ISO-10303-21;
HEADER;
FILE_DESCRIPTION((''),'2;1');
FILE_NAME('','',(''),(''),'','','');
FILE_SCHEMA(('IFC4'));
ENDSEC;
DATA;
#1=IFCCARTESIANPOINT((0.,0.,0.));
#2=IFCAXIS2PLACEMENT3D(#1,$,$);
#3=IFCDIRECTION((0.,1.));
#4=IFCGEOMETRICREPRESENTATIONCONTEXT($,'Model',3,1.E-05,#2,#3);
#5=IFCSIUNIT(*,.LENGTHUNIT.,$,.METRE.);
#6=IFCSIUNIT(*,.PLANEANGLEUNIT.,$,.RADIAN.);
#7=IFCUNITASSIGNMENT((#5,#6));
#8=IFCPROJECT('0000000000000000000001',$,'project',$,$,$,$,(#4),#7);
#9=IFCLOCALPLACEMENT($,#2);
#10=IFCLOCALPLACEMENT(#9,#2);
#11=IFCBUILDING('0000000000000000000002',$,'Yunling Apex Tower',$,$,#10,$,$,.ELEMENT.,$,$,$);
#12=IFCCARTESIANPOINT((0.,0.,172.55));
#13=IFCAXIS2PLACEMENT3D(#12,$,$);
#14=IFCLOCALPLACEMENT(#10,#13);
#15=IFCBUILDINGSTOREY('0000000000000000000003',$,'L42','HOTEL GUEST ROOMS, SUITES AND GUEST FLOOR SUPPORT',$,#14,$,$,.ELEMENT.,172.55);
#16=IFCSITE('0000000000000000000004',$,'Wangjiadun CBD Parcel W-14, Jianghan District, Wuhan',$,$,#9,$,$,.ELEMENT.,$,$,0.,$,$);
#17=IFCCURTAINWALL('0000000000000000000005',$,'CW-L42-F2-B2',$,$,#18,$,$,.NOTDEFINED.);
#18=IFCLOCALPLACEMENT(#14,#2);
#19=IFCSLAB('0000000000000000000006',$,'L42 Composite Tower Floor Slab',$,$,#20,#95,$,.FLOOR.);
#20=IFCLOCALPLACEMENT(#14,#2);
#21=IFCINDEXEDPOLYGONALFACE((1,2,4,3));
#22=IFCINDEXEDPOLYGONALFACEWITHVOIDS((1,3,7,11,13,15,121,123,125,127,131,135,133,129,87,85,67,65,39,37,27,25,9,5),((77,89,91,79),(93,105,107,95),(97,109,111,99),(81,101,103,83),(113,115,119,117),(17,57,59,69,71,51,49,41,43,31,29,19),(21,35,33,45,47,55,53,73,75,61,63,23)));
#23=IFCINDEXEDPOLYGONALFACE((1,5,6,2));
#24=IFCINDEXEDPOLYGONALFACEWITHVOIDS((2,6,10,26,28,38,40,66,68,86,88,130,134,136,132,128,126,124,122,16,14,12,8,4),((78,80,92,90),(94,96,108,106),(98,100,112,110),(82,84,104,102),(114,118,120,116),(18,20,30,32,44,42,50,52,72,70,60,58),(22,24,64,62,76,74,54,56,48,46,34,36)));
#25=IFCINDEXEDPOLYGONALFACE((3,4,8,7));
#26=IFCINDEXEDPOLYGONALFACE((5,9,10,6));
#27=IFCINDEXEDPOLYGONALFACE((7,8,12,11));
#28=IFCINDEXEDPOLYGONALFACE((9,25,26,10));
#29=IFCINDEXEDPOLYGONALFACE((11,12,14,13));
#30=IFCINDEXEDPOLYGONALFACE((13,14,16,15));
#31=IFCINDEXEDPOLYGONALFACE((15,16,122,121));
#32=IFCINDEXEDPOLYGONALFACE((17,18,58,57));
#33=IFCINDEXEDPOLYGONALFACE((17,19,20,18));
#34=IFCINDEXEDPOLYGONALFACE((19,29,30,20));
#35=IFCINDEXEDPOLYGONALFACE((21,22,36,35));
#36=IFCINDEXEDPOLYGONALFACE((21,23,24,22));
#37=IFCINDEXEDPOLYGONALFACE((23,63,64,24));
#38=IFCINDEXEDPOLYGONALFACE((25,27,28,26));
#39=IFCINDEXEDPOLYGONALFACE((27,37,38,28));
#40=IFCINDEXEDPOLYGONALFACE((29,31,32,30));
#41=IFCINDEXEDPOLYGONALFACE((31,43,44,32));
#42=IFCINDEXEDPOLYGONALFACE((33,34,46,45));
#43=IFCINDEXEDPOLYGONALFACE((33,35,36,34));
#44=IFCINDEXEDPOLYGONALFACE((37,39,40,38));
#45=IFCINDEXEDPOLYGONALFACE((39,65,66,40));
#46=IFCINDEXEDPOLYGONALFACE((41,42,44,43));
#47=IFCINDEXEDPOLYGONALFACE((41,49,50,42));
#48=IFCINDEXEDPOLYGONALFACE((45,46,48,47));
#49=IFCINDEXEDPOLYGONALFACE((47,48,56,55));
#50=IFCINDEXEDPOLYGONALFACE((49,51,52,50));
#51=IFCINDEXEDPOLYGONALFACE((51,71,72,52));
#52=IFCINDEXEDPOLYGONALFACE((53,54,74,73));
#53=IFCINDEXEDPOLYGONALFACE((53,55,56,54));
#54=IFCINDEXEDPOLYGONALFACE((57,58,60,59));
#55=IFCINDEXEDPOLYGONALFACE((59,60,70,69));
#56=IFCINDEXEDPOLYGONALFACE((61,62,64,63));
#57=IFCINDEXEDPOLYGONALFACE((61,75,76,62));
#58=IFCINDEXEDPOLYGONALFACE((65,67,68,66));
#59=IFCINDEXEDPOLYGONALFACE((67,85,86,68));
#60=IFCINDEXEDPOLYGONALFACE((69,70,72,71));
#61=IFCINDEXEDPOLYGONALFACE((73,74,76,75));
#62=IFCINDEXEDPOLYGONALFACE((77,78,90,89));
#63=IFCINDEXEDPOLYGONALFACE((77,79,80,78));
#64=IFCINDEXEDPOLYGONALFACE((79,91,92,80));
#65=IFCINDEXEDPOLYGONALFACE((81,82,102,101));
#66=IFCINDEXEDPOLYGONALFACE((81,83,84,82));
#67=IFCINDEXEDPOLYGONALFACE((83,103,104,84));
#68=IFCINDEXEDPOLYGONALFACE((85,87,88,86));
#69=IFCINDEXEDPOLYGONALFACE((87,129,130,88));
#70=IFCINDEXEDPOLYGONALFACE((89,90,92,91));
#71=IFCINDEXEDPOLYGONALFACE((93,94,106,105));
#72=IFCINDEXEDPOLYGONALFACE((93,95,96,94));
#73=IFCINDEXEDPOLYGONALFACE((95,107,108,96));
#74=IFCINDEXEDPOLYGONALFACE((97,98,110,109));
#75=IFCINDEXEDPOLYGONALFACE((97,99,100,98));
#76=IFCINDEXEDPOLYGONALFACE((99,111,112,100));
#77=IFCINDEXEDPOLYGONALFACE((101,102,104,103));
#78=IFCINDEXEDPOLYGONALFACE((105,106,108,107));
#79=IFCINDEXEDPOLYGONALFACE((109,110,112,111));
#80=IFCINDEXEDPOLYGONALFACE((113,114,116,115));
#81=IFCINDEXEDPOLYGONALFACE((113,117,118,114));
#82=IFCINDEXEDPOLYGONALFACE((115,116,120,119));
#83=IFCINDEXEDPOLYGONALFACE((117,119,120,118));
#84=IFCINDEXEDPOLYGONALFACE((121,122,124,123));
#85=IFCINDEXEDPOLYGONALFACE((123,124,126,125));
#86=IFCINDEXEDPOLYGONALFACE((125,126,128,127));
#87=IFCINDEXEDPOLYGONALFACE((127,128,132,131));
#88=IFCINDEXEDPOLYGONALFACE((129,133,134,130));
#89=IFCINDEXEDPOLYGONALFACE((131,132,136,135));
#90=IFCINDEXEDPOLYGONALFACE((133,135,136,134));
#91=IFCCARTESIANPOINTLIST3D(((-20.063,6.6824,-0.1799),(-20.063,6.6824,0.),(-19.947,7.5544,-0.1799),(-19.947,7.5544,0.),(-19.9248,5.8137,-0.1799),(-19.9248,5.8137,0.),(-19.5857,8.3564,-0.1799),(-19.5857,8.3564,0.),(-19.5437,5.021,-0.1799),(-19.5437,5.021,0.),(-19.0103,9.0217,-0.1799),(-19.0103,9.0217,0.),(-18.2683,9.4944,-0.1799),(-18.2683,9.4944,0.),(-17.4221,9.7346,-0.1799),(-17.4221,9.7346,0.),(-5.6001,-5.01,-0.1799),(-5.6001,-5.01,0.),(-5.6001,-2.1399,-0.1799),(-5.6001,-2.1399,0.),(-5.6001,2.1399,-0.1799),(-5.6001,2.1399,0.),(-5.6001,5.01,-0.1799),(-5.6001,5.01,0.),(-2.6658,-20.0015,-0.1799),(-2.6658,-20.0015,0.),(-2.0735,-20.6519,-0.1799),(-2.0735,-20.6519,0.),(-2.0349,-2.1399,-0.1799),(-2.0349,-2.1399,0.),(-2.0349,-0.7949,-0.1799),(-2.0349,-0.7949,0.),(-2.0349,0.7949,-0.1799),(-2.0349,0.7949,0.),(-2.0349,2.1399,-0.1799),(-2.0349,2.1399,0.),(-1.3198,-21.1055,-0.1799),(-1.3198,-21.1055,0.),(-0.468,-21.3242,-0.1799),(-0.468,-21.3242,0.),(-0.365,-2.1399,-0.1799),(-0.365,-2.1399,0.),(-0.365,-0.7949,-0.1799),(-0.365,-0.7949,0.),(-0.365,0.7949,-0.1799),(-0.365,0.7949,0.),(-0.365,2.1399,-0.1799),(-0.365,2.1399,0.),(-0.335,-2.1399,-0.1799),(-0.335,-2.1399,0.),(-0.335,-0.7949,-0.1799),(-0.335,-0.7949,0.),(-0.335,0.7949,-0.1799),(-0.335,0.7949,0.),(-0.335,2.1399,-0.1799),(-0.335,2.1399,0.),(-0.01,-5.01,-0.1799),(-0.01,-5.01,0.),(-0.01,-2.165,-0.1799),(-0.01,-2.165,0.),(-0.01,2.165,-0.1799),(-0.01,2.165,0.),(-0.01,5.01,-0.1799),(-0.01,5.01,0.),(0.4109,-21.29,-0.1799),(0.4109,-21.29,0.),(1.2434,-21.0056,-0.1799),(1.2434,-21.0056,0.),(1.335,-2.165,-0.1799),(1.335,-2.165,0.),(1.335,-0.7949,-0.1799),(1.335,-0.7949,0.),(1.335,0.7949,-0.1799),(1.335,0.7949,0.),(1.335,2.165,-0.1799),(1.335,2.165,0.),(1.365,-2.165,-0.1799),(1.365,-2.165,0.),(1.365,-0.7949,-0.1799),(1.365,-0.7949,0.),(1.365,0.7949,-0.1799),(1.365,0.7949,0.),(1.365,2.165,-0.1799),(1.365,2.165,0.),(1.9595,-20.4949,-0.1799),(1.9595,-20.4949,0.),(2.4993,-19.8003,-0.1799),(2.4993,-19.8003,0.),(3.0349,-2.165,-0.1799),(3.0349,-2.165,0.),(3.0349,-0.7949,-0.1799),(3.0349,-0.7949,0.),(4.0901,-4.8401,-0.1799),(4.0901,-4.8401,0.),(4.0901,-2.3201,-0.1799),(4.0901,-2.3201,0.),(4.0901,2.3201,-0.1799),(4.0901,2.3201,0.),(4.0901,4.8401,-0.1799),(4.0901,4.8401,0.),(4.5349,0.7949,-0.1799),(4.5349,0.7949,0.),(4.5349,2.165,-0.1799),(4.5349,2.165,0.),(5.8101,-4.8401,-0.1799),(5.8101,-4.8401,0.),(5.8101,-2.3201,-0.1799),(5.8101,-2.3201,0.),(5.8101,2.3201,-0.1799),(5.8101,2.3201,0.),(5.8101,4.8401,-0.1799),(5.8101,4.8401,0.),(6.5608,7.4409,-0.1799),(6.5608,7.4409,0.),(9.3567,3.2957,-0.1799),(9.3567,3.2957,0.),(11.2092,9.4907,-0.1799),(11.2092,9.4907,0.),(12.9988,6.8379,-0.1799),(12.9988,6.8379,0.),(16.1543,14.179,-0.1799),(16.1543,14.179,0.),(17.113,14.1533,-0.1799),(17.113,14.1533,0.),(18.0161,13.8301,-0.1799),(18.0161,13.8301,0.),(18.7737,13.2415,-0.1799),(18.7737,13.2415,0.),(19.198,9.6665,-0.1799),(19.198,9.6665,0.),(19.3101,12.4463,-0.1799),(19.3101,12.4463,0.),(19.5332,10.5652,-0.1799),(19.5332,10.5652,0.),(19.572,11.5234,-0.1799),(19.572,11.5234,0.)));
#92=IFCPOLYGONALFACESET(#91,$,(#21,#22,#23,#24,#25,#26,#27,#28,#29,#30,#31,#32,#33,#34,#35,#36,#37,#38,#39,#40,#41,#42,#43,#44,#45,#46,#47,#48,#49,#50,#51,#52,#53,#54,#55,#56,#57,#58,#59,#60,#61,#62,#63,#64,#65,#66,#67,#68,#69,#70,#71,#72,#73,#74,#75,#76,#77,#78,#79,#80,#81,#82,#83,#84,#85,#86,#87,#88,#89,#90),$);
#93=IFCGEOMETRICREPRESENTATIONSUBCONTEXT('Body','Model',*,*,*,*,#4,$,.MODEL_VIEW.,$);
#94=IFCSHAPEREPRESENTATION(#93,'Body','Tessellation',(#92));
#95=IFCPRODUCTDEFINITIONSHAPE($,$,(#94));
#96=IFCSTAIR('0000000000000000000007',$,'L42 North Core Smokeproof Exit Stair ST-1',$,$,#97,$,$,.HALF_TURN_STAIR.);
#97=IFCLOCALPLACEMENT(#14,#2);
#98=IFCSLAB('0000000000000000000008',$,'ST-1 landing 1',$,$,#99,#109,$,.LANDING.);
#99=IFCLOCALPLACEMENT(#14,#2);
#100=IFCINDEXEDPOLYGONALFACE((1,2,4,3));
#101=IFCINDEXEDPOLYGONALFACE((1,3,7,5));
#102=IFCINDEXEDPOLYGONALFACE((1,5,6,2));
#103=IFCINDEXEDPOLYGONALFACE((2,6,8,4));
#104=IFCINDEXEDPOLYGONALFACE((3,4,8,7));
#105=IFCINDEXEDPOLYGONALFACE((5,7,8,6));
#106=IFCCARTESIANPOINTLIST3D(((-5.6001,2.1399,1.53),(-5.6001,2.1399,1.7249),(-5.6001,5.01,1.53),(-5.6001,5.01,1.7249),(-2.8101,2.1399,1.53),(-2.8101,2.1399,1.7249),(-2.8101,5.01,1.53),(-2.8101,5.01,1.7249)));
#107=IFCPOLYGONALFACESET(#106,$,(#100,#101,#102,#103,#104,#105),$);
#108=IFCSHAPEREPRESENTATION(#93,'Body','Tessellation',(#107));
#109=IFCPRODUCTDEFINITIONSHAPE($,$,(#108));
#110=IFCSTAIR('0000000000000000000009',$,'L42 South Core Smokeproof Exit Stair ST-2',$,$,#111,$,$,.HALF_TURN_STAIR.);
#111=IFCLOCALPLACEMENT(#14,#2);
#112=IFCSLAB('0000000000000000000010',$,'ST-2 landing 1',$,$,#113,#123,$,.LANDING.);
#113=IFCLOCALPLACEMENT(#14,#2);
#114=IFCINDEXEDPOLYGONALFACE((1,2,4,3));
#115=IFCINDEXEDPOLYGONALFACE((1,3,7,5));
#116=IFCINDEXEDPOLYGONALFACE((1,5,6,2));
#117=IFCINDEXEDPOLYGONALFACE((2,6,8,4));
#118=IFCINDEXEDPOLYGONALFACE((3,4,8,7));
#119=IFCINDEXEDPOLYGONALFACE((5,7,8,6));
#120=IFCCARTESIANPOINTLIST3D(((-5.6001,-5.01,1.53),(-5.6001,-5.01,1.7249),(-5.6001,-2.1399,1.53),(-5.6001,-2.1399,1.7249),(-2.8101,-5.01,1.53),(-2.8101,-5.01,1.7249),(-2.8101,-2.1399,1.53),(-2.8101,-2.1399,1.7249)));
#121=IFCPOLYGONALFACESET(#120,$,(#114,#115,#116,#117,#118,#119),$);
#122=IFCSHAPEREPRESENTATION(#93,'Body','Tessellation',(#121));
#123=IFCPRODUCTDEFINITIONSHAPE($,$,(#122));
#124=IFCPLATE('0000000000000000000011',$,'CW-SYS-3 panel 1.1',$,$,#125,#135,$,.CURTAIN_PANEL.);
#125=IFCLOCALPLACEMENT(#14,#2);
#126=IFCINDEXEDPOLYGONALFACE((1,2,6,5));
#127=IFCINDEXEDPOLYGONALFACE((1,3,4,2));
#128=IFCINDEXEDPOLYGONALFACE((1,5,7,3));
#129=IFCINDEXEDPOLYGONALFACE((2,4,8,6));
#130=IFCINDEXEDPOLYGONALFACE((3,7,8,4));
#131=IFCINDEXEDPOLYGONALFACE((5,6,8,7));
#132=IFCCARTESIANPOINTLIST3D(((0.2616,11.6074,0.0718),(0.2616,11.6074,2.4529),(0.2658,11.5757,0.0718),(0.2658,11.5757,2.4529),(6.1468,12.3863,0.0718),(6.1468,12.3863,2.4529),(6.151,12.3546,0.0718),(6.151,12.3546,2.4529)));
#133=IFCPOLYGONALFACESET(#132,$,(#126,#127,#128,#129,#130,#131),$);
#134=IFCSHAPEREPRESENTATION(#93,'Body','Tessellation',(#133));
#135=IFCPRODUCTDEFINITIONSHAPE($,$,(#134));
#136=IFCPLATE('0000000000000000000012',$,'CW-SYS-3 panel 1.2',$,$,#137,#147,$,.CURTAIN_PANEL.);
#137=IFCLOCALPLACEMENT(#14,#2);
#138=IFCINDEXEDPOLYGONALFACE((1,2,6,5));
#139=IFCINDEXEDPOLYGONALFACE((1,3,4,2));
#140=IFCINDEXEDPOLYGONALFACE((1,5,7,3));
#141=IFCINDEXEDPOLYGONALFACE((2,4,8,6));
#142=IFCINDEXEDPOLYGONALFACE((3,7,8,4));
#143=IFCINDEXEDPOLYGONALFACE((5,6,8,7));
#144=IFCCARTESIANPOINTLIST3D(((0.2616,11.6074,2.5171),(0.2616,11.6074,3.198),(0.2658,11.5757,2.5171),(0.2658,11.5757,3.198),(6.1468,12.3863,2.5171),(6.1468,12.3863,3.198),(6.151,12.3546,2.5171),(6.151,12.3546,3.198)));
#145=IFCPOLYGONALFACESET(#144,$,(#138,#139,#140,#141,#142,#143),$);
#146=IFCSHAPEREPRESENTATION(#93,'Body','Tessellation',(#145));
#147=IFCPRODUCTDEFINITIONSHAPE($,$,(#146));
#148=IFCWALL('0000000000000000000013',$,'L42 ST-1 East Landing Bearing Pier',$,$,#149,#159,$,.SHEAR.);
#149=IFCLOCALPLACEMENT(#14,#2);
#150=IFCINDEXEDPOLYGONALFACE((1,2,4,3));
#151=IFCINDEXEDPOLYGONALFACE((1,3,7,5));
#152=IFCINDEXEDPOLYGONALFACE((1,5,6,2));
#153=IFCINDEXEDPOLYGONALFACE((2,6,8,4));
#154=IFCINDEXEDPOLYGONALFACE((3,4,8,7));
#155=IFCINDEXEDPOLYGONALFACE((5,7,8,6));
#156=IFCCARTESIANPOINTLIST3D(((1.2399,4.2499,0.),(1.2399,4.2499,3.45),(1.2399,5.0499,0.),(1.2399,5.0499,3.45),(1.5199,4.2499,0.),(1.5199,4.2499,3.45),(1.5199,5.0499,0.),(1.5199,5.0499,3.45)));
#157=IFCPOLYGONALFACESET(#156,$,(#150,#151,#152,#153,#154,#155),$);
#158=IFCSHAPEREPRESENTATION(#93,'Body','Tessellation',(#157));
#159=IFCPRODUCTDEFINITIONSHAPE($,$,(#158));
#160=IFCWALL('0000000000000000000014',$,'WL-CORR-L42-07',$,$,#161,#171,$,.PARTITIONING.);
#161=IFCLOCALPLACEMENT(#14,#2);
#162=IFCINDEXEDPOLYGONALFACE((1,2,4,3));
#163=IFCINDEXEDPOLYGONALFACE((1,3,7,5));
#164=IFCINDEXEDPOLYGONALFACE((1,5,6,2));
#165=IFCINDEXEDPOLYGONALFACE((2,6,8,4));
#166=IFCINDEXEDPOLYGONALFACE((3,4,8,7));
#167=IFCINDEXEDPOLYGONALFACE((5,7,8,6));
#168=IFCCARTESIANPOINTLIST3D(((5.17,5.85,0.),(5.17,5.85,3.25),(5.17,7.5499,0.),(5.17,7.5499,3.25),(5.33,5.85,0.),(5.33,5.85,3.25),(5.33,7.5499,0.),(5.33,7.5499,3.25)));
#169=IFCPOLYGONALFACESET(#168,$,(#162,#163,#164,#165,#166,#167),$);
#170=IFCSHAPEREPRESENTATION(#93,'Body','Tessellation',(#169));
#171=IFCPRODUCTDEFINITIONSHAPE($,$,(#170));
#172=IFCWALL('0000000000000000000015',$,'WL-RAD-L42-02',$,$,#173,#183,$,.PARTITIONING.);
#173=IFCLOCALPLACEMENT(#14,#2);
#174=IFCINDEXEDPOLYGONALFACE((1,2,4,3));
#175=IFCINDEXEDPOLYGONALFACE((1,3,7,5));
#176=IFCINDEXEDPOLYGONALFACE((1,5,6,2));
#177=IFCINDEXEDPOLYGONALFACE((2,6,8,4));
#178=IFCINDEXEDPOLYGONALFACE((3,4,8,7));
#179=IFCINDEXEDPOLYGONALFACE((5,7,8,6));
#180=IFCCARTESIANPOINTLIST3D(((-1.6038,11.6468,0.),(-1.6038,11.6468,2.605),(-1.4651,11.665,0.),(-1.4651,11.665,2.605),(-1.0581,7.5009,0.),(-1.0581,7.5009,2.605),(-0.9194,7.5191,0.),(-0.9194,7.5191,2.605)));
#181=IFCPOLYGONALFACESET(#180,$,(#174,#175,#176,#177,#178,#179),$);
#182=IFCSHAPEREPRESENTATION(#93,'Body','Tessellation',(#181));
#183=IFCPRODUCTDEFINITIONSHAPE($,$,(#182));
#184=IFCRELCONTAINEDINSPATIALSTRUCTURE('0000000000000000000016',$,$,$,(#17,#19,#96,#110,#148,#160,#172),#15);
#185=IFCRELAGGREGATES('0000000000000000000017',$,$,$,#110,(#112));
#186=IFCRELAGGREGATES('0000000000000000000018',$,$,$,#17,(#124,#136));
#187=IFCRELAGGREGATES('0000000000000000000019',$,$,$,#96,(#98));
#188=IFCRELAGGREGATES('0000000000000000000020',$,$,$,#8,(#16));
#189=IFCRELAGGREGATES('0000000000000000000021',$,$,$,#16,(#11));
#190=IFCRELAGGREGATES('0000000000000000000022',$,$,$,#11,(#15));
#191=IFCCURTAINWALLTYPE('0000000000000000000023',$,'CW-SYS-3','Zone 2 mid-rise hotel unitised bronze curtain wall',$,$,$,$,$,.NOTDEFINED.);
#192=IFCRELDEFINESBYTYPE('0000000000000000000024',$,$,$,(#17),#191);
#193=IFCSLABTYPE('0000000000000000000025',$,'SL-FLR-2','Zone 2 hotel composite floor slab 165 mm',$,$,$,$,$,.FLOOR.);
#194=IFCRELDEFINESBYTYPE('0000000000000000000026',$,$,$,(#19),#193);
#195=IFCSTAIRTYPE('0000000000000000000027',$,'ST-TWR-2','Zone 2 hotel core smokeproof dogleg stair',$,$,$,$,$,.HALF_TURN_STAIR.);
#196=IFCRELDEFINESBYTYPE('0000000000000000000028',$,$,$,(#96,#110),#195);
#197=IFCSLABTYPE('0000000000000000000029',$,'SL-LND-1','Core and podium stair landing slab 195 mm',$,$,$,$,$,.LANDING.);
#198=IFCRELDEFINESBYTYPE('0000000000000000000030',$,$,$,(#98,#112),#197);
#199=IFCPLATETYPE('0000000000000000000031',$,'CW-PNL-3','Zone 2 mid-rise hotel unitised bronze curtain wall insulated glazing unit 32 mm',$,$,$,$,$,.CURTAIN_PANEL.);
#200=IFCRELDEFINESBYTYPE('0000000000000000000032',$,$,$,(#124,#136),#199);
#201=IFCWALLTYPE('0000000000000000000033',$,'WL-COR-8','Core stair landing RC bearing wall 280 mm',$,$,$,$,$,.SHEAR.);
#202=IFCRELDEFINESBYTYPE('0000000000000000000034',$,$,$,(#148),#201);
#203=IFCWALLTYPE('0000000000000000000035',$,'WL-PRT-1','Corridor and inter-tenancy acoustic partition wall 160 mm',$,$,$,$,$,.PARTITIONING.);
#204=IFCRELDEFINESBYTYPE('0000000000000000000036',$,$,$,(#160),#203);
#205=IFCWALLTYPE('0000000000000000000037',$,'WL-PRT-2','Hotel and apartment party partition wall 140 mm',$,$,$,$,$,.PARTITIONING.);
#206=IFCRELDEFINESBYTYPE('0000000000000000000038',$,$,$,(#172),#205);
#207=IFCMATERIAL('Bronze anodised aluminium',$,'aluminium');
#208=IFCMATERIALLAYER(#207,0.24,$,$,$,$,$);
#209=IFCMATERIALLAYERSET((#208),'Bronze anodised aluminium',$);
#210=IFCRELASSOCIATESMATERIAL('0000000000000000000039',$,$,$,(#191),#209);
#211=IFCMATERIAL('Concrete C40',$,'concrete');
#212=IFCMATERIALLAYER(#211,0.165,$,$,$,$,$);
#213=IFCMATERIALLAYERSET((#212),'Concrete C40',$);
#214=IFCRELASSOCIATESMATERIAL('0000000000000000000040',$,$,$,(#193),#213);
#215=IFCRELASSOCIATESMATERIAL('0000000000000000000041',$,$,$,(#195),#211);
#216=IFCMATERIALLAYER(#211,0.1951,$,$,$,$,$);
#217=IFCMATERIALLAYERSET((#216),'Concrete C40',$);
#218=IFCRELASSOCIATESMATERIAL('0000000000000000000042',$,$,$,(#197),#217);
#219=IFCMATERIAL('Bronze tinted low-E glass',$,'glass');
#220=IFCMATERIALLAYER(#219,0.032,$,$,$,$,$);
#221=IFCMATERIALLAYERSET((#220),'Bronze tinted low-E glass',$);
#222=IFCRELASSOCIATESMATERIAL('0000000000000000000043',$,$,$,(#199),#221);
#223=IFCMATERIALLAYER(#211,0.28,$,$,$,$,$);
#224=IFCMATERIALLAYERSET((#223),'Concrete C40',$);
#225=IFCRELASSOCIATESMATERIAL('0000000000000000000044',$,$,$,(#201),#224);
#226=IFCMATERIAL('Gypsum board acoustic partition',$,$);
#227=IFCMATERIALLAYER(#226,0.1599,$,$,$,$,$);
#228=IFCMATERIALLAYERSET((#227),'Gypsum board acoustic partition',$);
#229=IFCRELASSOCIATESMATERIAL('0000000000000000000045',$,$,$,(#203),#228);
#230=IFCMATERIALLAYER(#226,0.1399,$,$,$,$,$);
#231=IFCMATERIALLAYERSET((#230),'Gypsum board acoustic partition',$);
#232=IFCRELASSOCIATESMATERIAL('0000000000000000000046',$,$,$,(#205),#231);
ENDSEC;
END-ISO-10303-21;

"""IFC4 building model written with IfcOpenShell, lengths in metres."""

from ifc_helpers import new_model, si_unit, direction, frame, frame_2d, origin, origin_2d, place, context, subcontext, project, spatial, polyline, rectangle, outline, extrude, source, transform, mapped, material, layer, layer_set, type_object, element, aggregate, save


model = new_model("IFC4")

# Units and contexts
model_context = context("Model", 3, precision=1e-05, world=origin(), true_north=direction((0.0, 1.0)))
body_context = subcontext(model_context, "Body", "Model", "MODEL_VIEW")
ifc_project = project(units=[si_unit("LENGTHUNIT", "METRE"), si_unit("PLANEANGLEUNIT", "RADIAN")], contexts=[model_context])

# Site, building, storey
site_placement = place(None, origin())
site = spatial("IfcSite", under=ifc_project, at=site_placement, Name="Wangjiadun CBD Parcel W-14, Jianghan District, Wuhan", CompositionType="ELEMENT", RefElevation=0.0)
building_placement = place(site_placement, origin())
building = spatial("IfcBuilding", under=site, at=building_placement, Name="Yunling Apex Tower", CompositionType="ELEMENT")
storey_placement = place(building_placement, frame((0.0, 0.0, 172.55)))
storey = spatial("IfcBuildingStorey", under=building, at=storey_placement, Name="L42", Description="HOTEL GUEST ROOMS, SUITES AND GUEST FLOOR SUPPORT", CompositionType="ELEMENT", Elevation=172.55)

# Curtain wall
ifc_material_1 = material(Name="Bronze anodised aluminium", Category="aluminium")
ifc_layer_1 = layer(ifc_material_1, 0.24)
ifc_layer_set_1 = layer_set([ifc_layer_1], Name="Bronze anodised aluminium")
curtain_wall_type = type_object("IfcCurtainWallType", Name="CW-SYS-3", Description="Zone 2 mid-rise hotel unitised bronze curtain wall", PredefinedType="NOTDEFINED", material=ifc_layer_set_1)
curtain_wall_1_placement = place(storey_placement, origin())
curtain_wall_1 = element("IfcCurtainWall", 1, at=curtain_wall_1_placement, inside=storey, type_object=curtain_wall_type, Name="CW-L42-F2-B2", PredefinedType="NOTDEFINED")

# Slab
ifc_material_2 = material(Name="Concrete C40", Category="concrete")
ifc_layer_2 = layer(ifc_material_2, 0.165)
ifc_layer_set_2 = layer_set([ifc_layer_2], Name="Concrete C40")
slab_type_1 = type_object("IfcSlabType", Name="SL-FLR-2", Description="Zone 2 hotel composite floor slab 165 mm", PredefinedType="FLOOR", material=ifc_layer_set_2)
slab_1_placement = place(storey_placement, frame((0.0, 0.0, -0.1799)))
element("IfcSlab", 2, at=slab_1_placement, inside=storey, type_object=slab_type_1, Name="L42 Composite Tower Floor Slab", PredefinedType="FLOOR", context=body_context, shape_type="SweptSolid", body=[
    extrude(outline(polyline([(-2.6658, -20.0015), (-2.0735, -20.6519), (-1.3198, -21.1055), (-0.468, -21.3242), (0.4109, -21.29), (1.2434, -21.0056), (1.9595, -20.4949), (2.4993, -19.8003), (19.198, 9.6665), (19.5332, 10.5652), (19.572, 11.5234), (19.3101, 12.4463), (18.7737, 13.2415), (18.0161, 13.8301), (17.113, 14.1533), (16.1543, 14.179), (-17.4221, 9.7346), (-18.2683, 9.4944), (-19.0103, 9.0217), (-19.5857, 8.3564), (-19.947, 7.5544), (-20.063, 6.6824), (-19.9248, 5.8137), (-19.5437, 5.021), (-2.6658, -20.0015)]), holes=[polyline([(11.2092, 9.4907), (12.9988, 6.8379), (9.3567, 3.2957), (6.5608, 7.4409), (11.2092, 9.4907)]), polyline([(4.0901, -2.3201), (5.8101, -2.3201), (5.8101, -4.8401), (4.0901, -4.8401), (4.0901, -2.3201)]), polyline([(5.8101, 4.8401), (5.8101, 2.3201), (4.0901, 2.3201), (4.0901, 4.8401), (5.8101, 4.8401)]), polyline([(1.365, 2.165), (4.5349, 2.165), (4.5349, 0.7949), (1.365, 0.7949), (1.365, 2.165)]), polyline([(3.0349, -0.7949), (3.0349, -2.165), (1.365, -2.165), (1.365, -0.7949), (3.0349, -0.7949)]), polyline([(-2.0349, -0.7949), (-0.365, -0.7949), (-0.365, -2.1399), (-0.335, -2.1399), (-0.335, -0.7949), (1.335, -0.7949), (1.335, -2.165), (-0.01, -2.165), (-0.01, -5.01), (-5.6001, -5.01), (-5.6001, -2.1399), (-2.0349, -2.1399), (-2.0349, -0.7949)]), polyline([(-5.6001, 2.1399), (-5.6001, 5.01), (-0.01, 5.01), (-0.01, 2.165), (1.335, 2.165), (1.335, 0.7949), (-0.335, 0.7949), (-0.335, 2.1399), (-0.365, 2.1399), (-0.365, 0.7949), (-2.0349, 0.7949), (-2.0349, 2.1399), (-5.6001, 2.1399)])]), origin(), (0.0, 0.0, 1.0), 0.1799),
])

# Stairs, slabs
stair_type = type_object("IfcStairType", Name="ST-TWR-2", Description="Zone 2 hotel core smokeproof dogleg stair", PredefinedType="HALF_TURN_STAIR", material=ifc_material_2)
stair_1_placement = place(storey_placement, origin())
stair_1 = element("IfcStair", 3, at=stair_1_placement, inside=storey, type_object=stair_type, Name="L42 North Core Smokeproof Exit Stair ST-1", PredefinedType="HALF_TURN_STAIR")
ifc_layer_3 = layer(ifc_material_2, 0.1951)
ifc_layer_set_3 = layer_set([ifc_layer_3], Name="Concrete C40")
slab_type_2 = type_object("IfcSlabType", Name="SL-LND-1", Description="Core and podium stair landing slab 195 mm", PredefinedType="LANDING", material=ifc_layer_set_3)
slab_2_placement = place(storey_placement, frame((0.0, 0.0, 1.53)))
slab_2 = element("IfcSlab", 4, at=slab_2_placement, type_object=slab_type_2, Name="ST-1 landing 1", PredefinedType="LANDING", context=body_context, shape_type="SweptSolid", body=[
    extrude(outline(polyline([(-2.8101, 5.01), (-5.6001, 5.01), (-5.6001, 2.1399), (-2.8101, 2.1399), (-2.8101, 5.01)])), origin(), (0.0, 0.0, 1.0), 0.1948),
])
stair_2_placement = place(storey_placement, origin())
stair_2 = element("IfcStair", 5, at=stair_2_placement, inside=storey, type_object=stair_type, Name="L42 South Core Smokeproof Exit Stair ST-2", PredefinedType="HALF_TURN_STAIR")
slab_3_placement = place(storey_placement, frame((0.0, 0.0, 1.53)))
slab_3 = element("IfcSlab", 6, at=slab_3_placement, type_object=slab_type_2, Name="ST-2 landing 1", PredefinedType="LANDING", context=body_context, shape_type="SweptSolid", body=[
    extrude(outline(polyline([(-2.8101, -2.1399), (-5.6001, -2.1399), (-5.6001, -5.01), (-2.8101, -5.01), (-2.8101, -2.1399)])), origin(), (0.0, 0.0, 1.0), 0.1948),
])
aggregate(stair_2, [slab_3])

# Plates
ifc_material_3 = material(Name="Bronze tinted low-E glass", Category="glass")
ifc_layer_4 = layer(ifc_material_3, 0.032)
ifc_layer_set_4 = layer_set([ifc_layer_4], Name="Bronze tinted low-E glass")
plate_type = type_object("IfcPlateType", Name="CW-PNL-3", Description="Zone 2 mid-rise hotel unitised bronze curtain wall insulated glazing unit 32 mm", PredefinedType="CURTAIN_PANEL", material=ifc_layer_set_4)
shared_shape_1 = source(origin(), body_context, "Body", "SweptSolid", [
    extrude(rectangle(XDim=5.9365, YDim=0.032, at=origin_2d()), origin(), (0.0, 0.0, 1.0), 2.3811),
])
plate_1_placement = place(storey_placement, frame((3.2063, 11.981, 0.0718), z_axis=(0.0, 0.0, 1.0), x_axis=(-0.991355, -0.131205, 0.0)))
plate_1 = element("IfcPlate", 7, at=plate_1_placement, type_object=plate_type, Name="CW-SYS-3 panel 1.1", PredefinedType="CURTAIN_PANEL", context=body_context, shape_type="MappedRepresentation", body=[
    mapped(shared_shape_1, transform((0.0, 0.0, 0.0), scale=1.0)),
])
shared_shape_2 = source(origin(), body_context, "Body", "SweptSolid", [
    extrude(rectangle(XDim=5.9365, YDim=0.032, at=origin_2d()), origin(), (0.0, 0.0, 1.0), 0.6809),
])
plate_2_placement = place(storey_placement, frame((3.2063, 11.981, 2.5171), z_axis=(0.0, 0.0, 1.0), x_axis=(-0.991355, -0.131205, 0.0)))
plate_2 = element("IfcPlate", 8, at=plate_2_placement, type_object=plate_type, Name="CW-SYS-3 panel 1.2", PredefinedType="CURTAIN_PANEL", context=body_context, shape_type="MappedRepresentation", body=[
    mapped(shared_shape_2, transform((0.0, 0.0, 0.0), scale=1.0)),
])
aggregate(curtain_wall_1, [plate_1, plate_2])

# Walls
ifc_layer_5 = layer(ifc_material_2, 0.28)
ifc_layer_set_5 = layer_set([ifc_layer_5], Name="Concrete C40")
wall_type_1 = type_object("IfcWallType", Name="WL-COR-8", Description="Core stair landing RC bearing wall 280 mm", PredefinedType="SHEAR", material=ifc_layer_set_5)
wall_1_placement = place(storey_placement, frame((1.3799, 4.25, 0.0), z_axis=(0.0, 0.0, 1.0), x_axis=(0.0, 1.0, 0.0)))
element("IfcWall", 9, at=wall_1_placement, inside=storey, type_object=wall_type_1, Name="L42 ST-1 East Landing Bearing Pier", PredefinedType="SHEAR", context=body_context, shape_type="SweptSolid", body=[
    extrude(rectangle(XDim=0.8, YDim=0.28, at=frame_2d((0.3999, 0.0))), origin(), (0.0, 0.0, 1.0), 3.45),
])
ifc_material_4 = material(Name="Gypsum board acoustic partition")
ifc_layer_6 = layer(ifc_material_4, 0.1599)
ifc_layer_set_6 = layer_set([ifc_layer_6], Name="Gypsum board acoustic partition")
wall_type_2 = type_object("IfcWallType", Name="WL-PRT-1", Description="Corridor and inter-tenancy acoustic partition wall 160 mm", PredefinedType="PARTITIONING", material=ifc_layer_set_6)
wall_2_placement = place(storey_placement, frame((5.25, 7.55, 0.0), z_axis=(0.0, 0.0, 1.0), x_axis=(0.0, -1.0, 0.0)))
element("IfcWall", 10, at=wall_2_placement, inside=storey, type_object=wall_type_2, Name="WL-CORR-L42-07", PredefinedType="PARTITIONING", context=body_context, shape_type="SweptSolid", body=[
    extrude(rectangle(XDim=1.7, YDim=0.1599, at=frame_2d((0.8501, 0.0))), origin(), (0.0, 0.0, 1.0), 3.25),
])
ifc_layer_7 = layer(ifc_material_4, 0.1399)
ifc_layer_set_7 = layer_set([ifc_layer_7], Name="Gypsum board acoustic partition")
wall_type_3 = type_object("IfcWallType", Name="WL-PRT-2", Description="Hotel and apartment party partition wall 140 mm", PredefinedType="PARTITIONING", material=ifc_layer_set_7)
wall_3_placement = place(storey_placement, frame((-0.9888, 7.51, 0.0), z_axis=(0.0, 0.0, 1.0), x_axis=(-0.130485, 0.99145, 0.0)))
element("IfcWall", 11, at=wall_3_placement, inside=storey, type_object=wall_type_3, Name="WL-RAD-L42-02", PredefinedType="PARTITIONING", context=body_context, shape_type="SweptSolid", body=[
    extrude(rectangle(XDim=4.1816, YDim=0.1399, at=frame_2d((2.0908, 0.0))), origin(), (0.0, 0.0, 1.0), 2.605),
])

aggregate(stair_1, [slab_2])

save(model, "model.ifc")
